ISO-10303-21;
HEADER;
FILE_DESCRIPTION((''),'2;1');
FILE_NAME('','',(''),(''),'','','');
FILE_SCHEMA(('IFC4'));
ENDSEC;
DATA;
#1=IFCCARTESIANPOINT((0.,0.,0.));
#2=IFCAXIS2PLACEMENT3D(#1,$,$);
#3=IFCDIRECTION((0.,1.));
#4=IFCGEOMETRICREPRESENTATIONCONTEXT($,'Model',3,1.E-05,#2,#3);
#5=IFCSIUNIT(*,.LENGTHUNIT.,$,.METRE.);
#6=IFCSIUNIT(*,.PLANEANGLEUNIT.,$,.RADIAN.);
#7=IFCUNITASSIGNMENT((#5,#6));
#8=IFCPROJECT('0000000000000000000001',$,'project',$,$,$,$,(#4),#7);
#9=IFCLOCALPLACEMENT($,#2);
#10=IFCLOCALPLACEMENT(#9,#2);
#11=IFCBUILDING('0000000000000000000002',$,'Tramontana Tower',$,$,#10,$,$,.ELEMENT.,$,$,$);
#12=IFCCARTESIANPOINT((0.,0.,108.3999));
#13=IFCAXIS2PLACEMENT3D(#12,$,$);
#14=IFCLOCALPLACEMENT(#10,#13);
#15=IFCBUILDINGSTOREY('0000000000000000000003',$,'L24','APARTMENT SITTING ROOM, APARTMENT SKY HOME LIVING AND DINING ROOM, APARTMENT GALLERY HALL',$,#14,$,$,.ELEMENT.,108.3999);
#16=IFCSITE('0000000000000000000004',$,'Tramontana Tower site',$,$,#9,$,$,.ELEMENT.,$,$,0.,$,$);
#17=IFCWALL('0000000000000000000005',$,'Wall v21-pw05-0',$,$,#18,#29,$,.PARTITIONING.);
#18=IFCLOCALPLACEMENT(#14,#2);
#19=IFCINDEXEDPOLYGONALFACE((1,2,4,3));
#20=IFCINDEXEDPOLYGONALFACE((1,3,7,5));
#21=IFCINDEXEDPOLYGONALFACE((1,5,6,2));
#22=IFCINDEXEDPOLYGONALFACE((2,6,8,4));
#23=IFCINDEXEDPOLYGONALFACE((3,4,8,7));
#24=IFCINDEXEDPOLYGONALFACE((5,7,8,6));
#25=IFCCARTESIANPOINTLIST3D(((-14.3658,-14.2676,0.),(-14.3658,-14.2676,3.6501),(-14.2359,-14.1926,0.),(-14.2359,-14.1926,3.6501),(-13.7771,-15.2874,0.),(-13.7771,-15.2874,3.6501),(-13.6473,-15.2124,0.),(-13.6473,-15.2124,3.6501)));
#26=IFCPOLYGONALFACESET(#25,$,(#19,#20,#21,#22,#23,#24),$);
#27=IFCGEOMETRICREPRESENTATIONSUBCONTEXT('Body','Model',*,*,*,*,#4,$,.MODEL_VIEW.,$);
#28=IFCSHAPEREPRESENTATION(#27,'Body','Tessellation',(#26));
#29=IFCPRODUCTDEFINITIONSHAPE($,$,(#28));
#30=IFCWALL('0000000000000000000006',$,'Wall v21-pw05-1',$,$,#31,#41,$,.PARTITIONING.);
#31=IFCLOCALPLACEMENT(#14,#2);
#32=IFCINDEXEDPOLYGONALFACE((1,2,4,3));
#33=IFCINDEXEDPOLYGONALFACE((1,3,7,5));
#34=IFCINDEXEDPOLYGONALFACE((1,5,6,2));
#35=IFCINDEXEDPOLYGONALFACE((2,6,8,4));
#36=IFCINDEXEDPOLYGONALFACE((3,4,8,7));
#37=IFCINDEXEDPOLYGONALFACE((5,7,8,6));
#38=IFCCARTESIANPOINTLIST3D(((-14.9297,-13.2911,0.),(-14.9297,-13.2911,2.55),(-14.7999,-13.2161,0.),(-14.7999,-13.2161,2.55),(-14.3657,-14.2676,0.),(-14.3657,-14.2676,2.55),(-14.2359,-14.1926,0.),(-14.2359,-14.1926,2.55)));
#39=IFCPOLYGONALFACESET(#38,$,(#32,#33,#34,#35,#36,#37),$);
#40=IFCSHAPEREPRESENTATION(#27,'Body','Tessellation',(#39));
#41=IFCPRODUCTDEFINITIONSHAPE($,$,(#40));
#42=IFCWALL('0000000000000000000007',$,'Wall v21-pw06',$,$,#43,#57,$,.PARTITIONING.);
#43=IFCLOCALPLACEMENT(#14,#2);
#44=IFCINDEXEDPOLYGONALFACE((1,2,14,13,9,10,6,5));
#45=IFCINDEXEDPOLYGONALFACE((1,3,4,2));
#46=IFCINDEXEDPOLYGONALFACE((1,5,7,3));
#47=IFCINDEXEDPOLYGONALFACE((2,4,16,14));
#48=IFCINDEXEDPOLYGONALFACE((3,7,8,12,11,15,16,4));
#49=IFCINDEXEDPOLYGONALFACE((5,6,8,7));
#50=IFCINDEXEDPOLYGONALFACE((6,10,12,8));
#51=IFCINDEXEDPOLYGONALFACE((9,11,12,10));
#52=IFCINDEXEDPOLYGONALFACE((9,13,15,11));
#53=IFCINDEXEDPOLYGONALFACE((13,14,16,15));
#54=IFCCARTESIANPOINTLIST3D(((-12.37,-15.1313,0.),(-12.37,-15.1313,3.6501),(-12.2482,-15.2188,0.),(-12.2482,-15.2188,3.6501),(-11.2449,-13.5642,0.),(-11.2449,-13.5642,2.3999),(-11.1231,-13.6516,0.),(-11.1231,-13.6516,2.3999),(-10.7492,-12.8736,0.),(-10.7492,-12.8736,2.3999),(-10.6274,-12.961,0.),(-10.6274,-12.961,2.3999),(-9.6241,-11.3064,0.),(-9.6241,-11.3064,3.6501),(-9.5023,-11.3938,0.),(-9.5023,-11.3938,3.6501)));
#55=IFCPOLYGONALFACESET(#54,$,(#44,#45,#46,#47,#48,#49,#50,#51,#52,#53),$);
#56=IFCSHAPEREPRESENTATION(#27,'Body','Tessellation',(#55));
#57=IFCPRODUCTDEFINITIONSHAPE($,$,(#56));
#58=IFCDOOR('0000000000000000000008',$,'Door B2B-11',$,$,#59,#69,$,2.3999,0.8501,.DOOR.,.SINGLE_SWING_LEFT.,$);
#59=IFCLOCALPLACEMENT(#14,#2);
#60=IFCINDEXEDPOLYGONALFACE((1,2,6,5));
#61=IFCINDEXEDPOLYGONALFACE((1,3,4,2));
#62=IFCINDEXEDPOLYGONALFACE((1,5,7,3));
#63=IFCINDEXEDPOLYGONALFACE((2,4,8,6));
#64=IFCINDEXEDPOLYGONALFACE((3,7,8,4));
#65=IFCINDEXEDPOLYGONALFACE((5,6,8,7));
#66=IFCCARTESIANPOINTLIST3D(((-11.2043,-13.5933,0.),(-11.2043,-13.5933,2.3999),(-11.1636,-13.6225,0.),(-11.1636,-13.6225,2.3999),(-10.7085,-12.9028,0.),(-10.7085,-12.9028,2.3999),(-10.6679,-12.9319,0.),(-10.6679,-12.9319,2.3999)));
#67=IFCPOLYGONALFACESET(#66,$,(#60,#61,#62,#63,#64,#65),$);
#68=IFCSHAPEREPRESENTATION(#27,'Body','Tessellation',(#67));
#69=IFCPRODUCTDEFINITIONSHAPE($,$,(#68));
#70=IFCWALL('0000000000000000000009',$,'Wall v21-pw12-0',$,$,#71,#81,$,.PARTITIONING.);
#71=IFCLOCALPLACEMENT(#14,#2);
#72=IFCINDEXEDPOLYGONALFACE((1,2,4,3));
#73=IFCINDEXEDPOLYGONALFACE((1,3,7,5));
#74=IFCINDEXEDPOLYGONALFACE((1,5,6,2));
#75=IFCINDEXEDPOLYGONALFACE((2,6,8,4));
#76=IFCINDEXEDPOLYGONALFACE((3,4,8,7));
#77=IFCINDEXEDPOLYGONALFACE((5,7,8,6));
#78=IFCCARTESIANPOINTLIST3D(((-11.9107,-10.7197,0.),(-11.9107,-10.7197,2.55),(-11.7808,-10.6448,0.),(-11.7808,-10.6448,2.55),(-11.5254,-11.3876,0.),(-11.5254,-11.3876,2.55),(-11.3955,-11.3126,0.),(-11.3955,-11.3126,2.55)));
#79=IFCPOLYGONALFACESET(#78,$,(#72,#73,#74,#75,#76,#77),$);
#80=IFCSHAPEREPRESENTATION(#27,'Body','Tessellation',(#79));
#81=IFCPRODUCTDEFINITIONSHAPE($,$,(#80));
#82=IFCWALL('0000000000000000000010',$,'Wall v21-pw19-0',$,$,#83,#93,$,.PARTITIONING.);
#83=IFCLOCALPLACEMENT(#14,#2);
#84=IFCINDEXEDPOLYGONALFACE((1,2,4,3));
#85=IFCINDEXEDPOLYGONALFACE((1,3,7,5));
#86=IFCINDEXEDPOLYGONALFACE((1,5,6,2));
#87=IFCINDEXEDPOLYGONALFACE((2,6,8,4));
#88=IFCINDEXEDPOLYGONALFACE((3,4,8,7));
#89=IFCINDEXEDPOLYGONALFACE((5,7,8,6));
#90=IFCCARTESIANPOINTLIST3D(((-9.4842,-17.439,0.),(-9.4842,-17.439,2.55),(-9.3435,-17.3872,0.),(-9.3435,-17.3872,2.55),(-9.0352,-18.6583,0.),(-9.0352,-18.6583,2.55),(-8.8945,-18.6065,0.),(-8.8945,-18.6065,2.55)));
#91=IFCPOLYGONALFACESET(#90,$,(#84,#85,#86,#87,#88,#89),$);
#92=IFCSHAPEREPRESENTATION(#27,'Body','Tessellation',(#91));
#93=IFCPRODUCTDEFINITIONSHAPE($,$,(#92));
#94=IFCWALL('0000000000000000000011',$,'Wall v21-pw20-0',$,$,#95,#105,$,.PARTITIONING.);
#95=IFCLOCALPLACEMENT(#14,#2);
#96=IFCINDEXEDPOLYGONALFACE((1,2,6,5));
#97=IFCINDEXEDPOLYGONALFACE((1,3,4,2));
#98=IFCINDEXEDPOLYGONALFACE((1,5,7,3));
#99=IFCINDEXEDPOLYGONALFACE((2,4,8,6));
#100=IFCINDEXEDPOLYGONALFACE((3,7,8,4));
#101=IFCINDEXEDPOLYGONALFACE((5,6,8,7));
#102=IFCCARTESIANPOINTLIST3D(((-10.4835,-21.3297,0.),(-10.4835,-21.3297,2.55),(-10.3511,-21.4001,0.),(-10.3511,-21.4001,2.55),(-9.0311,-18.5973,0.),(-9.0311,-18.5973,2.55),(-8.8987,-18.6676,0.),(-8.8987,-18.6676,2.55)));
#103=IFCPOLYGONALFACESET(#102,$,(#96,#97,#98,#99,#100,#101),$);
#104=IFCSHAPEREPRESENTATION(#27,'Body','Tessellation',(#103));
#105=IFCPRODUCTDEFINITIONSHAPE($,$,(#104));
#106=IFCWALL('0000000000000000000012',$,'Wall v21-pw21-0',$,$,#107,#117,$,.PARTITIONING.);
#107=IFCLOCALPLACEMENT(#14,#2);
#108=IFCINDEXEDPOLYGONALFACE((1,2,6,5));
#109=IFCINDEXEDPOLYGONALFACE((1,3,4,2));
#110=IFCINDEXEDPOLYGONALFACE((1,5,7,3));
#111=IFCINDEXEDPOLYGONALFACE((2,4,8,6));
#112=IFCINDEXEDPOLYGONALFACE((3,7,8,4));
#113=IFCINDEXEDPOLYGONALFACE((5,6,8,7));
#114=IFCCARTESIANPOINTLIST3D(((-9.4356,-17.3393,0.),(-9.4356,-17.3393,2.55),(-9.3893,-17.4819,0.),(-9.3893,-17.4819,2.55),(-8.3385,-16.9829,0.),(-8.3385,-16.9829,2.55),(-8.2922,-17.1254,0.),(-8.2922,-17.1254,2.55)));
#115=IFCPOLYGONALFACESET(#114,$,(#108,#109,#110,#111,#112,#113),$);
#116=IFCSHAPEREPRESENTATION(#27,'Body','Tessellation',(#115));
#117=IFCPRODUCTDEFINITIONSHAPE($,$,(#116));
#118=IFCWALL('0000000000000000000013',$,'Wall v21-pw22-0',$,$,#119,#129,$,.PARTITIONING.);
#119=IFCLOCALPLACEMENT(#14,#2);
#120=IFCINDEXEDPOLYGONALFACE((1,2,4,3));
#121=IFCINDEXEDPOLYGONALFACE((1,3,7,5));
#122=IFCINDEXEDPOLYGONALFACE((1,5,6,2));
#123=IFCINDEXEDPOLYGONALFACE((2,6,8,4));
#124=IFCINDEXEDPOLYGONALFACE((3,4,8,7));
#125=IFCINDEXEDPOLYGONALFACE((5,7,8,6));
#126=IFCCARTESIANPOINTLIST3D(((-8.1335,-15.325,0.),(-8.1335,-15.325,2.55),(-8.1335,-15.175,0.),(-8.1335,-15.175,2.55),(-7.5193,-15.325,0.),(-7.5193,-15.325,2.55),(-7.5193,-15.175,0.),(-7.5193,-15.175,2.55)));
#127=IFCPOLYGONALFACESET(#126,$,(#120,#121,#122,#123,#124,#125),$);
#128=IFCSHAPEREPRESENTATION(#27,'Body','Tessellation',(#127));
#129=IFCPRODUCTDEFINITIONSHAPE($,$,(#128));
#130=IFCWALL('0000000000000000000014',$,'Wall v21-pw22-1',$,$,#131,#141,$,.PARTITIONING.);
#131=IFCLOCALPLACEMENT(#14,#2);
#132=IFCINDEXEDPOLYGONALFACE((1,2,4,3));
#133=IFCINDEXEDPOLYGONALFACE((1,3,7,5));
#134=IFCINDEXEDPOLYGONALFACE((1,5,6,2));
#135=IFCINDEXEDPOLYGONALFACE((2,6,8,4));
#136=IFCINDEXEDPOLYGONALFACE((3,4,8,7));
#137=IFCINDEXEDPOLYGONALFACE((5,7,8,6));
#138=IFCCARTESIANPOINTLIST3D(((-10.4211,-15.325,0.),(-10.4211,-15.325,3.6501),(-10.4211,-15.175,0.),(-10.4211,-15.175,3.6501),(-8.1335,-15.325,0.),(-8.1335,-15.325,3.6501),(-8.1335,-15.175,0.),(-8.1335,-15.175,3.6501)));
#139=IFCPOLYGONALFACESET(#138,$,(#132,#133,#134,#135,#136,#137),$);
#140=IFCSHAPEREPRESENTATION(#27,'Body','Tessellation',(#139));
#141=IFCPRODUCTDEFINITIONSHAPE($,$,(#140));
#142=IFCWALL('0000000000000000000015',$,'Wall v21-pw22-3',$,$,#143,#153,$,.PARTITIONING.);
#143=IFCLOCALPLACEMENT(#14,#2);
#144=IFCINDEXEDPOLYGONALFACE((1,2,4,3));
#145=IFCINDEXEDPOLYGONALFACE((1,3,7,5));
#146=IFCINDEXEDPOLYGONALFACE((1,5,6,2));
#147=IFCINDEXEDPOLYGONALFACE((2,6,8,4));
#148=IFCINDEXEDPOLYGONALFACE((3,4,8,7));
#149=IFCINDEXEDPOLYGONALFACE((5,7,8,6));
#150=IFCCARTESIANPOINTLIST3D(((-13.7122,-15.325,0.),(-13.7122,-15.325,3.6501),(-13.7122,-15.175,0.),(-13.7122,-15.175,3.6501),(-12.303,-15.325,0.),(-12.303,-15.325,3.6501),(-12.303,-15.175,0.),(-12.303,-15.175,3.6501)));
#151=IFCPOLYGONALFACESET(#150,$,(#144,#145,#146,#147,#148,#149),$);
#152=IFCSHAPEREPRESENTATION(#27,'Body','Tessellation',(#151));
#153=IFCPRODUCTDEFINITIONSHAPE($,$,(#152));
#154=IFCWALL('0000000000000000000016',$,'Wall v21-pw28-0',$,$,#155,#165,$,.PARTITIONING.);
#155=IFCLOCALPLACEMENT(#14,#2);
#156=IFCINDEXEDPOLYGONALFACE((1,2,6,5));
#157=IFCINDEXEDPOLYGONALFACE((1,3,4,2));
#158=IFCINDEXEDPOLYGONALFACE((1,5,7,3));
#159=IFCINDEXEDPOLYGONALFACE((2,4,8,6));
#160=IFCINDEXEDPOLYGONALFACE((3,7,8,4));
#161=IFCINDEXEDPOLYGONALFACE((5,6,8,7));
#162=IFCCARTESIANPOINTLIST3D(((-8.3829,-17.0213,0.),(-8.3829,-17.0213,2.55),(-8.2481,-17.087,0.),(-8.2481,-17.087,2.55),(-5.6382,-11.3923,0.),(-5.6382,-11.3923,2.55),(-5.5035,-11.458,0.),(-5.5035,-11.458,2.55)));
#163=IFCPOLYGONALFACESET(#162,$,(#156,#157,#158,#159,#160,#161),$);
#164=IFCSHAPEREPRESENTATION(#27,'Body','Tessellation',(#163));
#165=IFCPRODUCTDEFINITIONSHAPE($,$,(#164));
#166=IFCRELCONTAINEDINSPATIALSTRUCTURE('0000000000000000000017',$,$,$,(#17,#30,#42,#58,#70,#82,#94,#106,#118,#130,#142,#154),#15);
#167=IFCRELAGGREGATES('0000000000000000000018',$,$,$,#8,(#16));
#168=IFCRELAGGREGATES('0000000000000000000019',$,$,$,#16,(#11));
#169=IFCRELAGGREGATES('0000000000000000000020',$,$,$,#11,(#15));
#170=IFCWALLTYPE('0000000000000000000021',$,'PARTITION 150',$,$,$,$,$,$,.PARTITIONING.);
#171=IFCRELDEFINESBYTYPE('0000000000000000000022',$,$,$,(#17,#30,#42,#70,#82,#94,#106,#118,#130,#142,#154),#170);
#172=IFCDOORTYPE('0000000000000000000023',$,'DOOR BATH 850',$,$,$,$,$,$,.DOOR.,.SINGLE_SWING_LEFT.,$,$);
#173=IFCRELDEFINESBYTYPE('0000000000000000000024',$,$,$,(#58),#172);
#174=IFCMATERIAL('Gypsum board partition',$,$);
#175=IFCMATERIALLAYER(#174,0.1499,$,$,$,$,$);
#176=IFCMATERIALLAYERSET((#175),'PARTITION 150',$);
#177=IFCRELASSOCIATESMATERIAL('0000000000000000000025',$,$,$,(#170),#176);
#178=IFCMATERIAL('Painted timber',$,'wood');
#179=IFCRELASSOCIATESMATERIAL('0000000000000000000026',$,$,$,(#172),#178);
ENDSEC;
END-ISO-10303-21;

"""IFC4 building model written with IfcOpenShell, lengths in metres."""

from ifc_helpers import new_model, si_unit, direction, frame, frame_2d, origin, place, context, subcontext, project, spatial, rectangle, extrude, material, layer, layer_set, type_object, element, fill, save


model = new_model("IFC4")

# Units and contexts
model_context = context("Model", 3, precision=1e-05, world=origin(), true_north=direction((0.0, 1.0)))
body_context = subcontext(model_context, "Body", "Model", "MODEL_VIEW")
ifc_project = project(units=[si_unit("LENGTHUNIT", "METRE"), si_unit("PLANEANGLEUNIT", "RADIAN")], contexts=[model_context])

# Site, building, storey
site_placement = place(None, origin())
site = spatial("IfcSite", under=ifc_project, at=site_placement, Name="Tramontana Tower site", CompositionType="ELEMENT", RefElevation=0.0)
building_placement = place(site_placement, origin())
building = spatial("IfcBuilding", under=site, at=building_placement, Name="Tramontana Tower", CompositionType="ELEMENT")
storey_placement = place(building_placement, frame((0.0, 0.0, 108.3999)))
storey = spatial("IfcBuildingStorey", under=building, at=storey_placement, Name="L24", Description="APARTMENT SITTING ROOM, APARTMENT SKY HOME LIVING AND DINING ROOM, APARTMENT GALLERY HALL", CompositionType="ELEMENT", Elevation=108.3999)

# Walls
ifc_material_1 = material(Name="Gypsum board partition")
ifc_layer_1 = layer(ifc_material_1, 0.1499)
ifc_layer_set_1 = layer_set([ifc_layer_1], Name="PARTITION 150")
wall_type_1 = type_object("IfcWallType", Name="PARTITION 150", PredefinedType="PARTITIONING", material=ifc_layer_set_1)
wall_1_placement = place(storey_placement, frame((-13.7122, -15.25, 0.0), z_axis=(0.0, 0.0, 1.0), x_axis=(-0.499908, 0.866079, 0.0)))
element("IfcWall", 1, at=wall_1_placement, inside=storey, type_object=wall_type_1, Name="Wall v21-pw05-0", PredefinedType="PARTITIONING", context=body_context, shape_type="SweptSolid", body=[
    extrude(rectangle(XDim=1.1775, YDim=0.1499, at=frame_2d((0.5889, 0.0))), origin(), (0.0, 0.0, 1.0), 3.6501),
])
wall_2_placement = place(storey_placement, frame((-14.3008, -14.2302, 0.0), z_axis=(0.0, 0.0, 1.0), x_axis=(-0.500097, 0.865969, 0.0)))
element("IfcWall", 2, at=wall_2_placement, inside=storey, type_object=wall_type_1, Name="Wall v21-pw05-1", PredefinedType="PARTITIONING", context=body_context, shape_type="SweptSolid", body=[
    extrude(rectangle(XDim=1.1277, YDim=0.1499, at=frame_2d((0.564, 0.0))), origin(), (0.0, 0.0, 1.0), 2.55),
])

# Wall, opening, door
wall_3_placement = place(storey_placement, frame((-12.3091, -15.175, 0.0), z_axis=(0.0, 0.0, 1.0), x_axis=(0.583169, 0.812351, 0.0)))
wall_3 = element("IfcWall", 3, at=wall_3_placement, inside=storey, type_object=wall_type_1, Name="Wall v21-pw06", PredefinedType="PARTITIONING", context=body_context, shape_type="SweptSolid", body=[
    extrude(rectangle(XDim=4.7085, YDim=0.1499, at=frame_2d((2.3542, 0.0))), origin(), (0.0, 0.0, 1.0), 3.6501),
])
opening_1_placement = place(wall_3_placement, frame((1.9292, 0.0, 0.0)))
opening_1 = element("IfcOpeningElement", 4, at=opening_1_placement, cuts=wall_3, PredefinedType="OPENING", context=body_context, shape_type="SweptSolid", body=[
    extrude(rectangle(XDim=0.8501, YDim=2.3999, at=frame_2d((0.425, 1.2))), frame((0.0, 0.085, 0.0), z_axis=(0.0, -1.0, 0.0), x_axis=(1.0, 0.0, 0.0)), (0.0, 0.0, 1.0), 0.1699),
])
ifc_material_2 = material(Name="Painted timber", Category="wood")
door_type_1 = type_object("IfcDoorType", Name="DOOR BATH 850", OperationType="SINGLE_SWING_LEFT", PredefinedType="DOOR", material=ifc_material_2)
door_1_placement = place(opening_1_placement, origin())
door_1 = element("IfcDoor", 5, at=door_1_placement, inside=storey, type_object=door_type_1, Name="Door B2B-11", OperationType="SINGLE_SWING_LEFT", OverallHeight=2.3999, OverallWidth=0.8501, PredefinedType="DOOR", context=body_context, shape_type="SweptSolid", body=[
    extrude(rectangle(XDim=0.8501, YDim=2.3999, at=frame_2d((0.425, 1.2))), frame((0.0, 0.0249, 0.0), z_axis=(0.0, -1.0, 0.0), x_axis=(1.0, 0.0, 0.0)), (0.0, 0.0, 1.0), 0.05),
])
fill(opening_1, door_1)

# Walls
wall_4_placement = place(storey_placement, frame((-11.4604, -11.3501, 0.0), z_axis=(0.0, 0.0, 1.0), x_axis=(-0.49975, 0.86617, 0.0)))
element("IfcWall", 6, at=wall_4_placement, inside=storey, type_object=wall_type_1, Name="Wall v21-pw12-0", PredefinedType="PARTITIONING", context=body_context, shape_type="SweptSolid", body=[
    extrude(rectangle(XDim=0.771, YDim=0.1499, at=frame_2d((0.3855, 0.0))), origin(), (0.0, 0.0, 1.0), 2.55),
])
wall_5_placement = place(storey_placement, frame((-9.4138, -17.4131, 0.0), z_axis=(0.0, 0.0, 1.0), x_axis=(0.345557, -0.938398, 0.0)))
element("IfcWall", 7, at=wall_5_placement, inside=storey, type_object=wall_type_1, Name="Wall v21-pw19-0", PredefinedType="PARTITIONING", context=body_context, shape_type="SweptSolid", body=[
    extrude(rectangle(XDim=1.2993, YDim=0.1499, at=frame_2d((0.6497, 0.0))), origin(), (0.0, 0.0, 1.0), 2.55),
])
wall_6_placement = place(storey_placement, frame((-8.9648, -18.6323, 0.0), z_axis=(0.0, 0.0, 1.0), x_axis=(-0.469355, -0.883009, 0.0)))
element("IfcWall", 8, at=wall_6_placement, inside=storey, type_object=wall_type_1, Name="Wall v21-pw20-0", PredefinedType="PARTITIONING", context=body_context, shape_type="SweptSolid", body=[
    extrude(rectangle(XDim=3.0945, YDim=0.1499, at=frame_2d((1.5474, 0.0))), origin(), (0.0, 0.0, 1.0), 2.55),
])
wall_7_placement = place(storey_placement, frame((-8.3154, -17.0542, 0.0), z_axis=(0.0, 0.0, 1.0), x_axis=(-0.951068, -0.308981, 0.0)))
element("IfcWall", 9, at=wall_7_placement, inside=storey, type_object=wall_type_1, Name="Wall v21-pw21-0", PredefinedType="PARTITIONING", context=body_context, shape_type="SweptSolid", body=[
    extrude(rectangle(XDim=1.1536, YDim=0.1499, at=frame_2d((0.5767, 0.0))), origin(), (0.0, 0.0, 1.0), 2.55),
])
wall_8_placement = place(storey_placement, frame((-7.5193, -15.25, 0.0), z_axis=(0.0, 0.0, 1.0), x_axis=(-1.0, 0.0, 0.0)))
element("IfcWall", 10, at=wall_8_placement, inside=storey, type_object=wall_type_1, Name="Wall v21-pw22-0", PredefinedType="PARTITIONING", context=body_context, shape_type="SweptSolid", body=[
    extrude(rectangle(XDim=0.6143, YDim=0.1499, at=frame_2d((0.3071, 0.0))), origin(), (0.0, 0.0, 1.0), 2.55),
])
wall_9_placement = place(storey_placement, frame((-8.1335, -15.25, 0.0), z_axis=(0.0, 0.0, 1.0), x_axis=(-1.0, 0.0, 0.0)))
element("IfcWall", 11, at=wall_9_placement, inside=storey, type_object=wall_type_1, Name="Wall v21-pw22-1", PredefinedType="PARTITIONING", context=body_context, shape_type="SweptSolid", body=[
    extrude(rectangle(XDim=2.2876, YDim=0.1499, at=frame_2d((1.1438, 0.0))), origin(), (0.0, 0.0, 1.0), 3.6501),
])

# Walls
wall_10_placement = place(storey_placement, frame((-12.303, -15.25, 0.0), z_axis=(0.0, 0.0, 1.0), x_axis=(-1.0, 0.0, 0.0)))
element("IfcWall", 12, at=wall_10_placement, inside=storey, type_object=wall_type_1, Name="Wall v21-pw22-3", PredefinedType="PARTITIONING", context=body_context, shape_type="SweptSolid", body=[
    extrude(rectangle(XDim=1.4092, YDim=0.1499, at=frame_2d((0.7046, 0.0))), origin(), (0.0, 0.0, 1.0), 3.6501),
])
wall_11_placement = place(storey_placement, frame((-5.5708, -11.425, 0.0), z_axis=(0.0, 0.0, 1.0), x_axis=(-0.438272, -0.898843, 0.0)))
element("IfcWall", 13, at=wall_11_placement, inside=storey, type_object=wall_type_1, Name="Wall v21-pw28-0", PredefinedType="PARTITIONING", context=body_context, shape_type="SweptSolid", body=[
    extrude(rectangle(XDim=6.2625, YDim=0.1499, at=frame_2d((3.1313, 0.0))), origin(), (0.0, 0.0, 1.0), 2.55),
])

save(model, "model.ifc")
